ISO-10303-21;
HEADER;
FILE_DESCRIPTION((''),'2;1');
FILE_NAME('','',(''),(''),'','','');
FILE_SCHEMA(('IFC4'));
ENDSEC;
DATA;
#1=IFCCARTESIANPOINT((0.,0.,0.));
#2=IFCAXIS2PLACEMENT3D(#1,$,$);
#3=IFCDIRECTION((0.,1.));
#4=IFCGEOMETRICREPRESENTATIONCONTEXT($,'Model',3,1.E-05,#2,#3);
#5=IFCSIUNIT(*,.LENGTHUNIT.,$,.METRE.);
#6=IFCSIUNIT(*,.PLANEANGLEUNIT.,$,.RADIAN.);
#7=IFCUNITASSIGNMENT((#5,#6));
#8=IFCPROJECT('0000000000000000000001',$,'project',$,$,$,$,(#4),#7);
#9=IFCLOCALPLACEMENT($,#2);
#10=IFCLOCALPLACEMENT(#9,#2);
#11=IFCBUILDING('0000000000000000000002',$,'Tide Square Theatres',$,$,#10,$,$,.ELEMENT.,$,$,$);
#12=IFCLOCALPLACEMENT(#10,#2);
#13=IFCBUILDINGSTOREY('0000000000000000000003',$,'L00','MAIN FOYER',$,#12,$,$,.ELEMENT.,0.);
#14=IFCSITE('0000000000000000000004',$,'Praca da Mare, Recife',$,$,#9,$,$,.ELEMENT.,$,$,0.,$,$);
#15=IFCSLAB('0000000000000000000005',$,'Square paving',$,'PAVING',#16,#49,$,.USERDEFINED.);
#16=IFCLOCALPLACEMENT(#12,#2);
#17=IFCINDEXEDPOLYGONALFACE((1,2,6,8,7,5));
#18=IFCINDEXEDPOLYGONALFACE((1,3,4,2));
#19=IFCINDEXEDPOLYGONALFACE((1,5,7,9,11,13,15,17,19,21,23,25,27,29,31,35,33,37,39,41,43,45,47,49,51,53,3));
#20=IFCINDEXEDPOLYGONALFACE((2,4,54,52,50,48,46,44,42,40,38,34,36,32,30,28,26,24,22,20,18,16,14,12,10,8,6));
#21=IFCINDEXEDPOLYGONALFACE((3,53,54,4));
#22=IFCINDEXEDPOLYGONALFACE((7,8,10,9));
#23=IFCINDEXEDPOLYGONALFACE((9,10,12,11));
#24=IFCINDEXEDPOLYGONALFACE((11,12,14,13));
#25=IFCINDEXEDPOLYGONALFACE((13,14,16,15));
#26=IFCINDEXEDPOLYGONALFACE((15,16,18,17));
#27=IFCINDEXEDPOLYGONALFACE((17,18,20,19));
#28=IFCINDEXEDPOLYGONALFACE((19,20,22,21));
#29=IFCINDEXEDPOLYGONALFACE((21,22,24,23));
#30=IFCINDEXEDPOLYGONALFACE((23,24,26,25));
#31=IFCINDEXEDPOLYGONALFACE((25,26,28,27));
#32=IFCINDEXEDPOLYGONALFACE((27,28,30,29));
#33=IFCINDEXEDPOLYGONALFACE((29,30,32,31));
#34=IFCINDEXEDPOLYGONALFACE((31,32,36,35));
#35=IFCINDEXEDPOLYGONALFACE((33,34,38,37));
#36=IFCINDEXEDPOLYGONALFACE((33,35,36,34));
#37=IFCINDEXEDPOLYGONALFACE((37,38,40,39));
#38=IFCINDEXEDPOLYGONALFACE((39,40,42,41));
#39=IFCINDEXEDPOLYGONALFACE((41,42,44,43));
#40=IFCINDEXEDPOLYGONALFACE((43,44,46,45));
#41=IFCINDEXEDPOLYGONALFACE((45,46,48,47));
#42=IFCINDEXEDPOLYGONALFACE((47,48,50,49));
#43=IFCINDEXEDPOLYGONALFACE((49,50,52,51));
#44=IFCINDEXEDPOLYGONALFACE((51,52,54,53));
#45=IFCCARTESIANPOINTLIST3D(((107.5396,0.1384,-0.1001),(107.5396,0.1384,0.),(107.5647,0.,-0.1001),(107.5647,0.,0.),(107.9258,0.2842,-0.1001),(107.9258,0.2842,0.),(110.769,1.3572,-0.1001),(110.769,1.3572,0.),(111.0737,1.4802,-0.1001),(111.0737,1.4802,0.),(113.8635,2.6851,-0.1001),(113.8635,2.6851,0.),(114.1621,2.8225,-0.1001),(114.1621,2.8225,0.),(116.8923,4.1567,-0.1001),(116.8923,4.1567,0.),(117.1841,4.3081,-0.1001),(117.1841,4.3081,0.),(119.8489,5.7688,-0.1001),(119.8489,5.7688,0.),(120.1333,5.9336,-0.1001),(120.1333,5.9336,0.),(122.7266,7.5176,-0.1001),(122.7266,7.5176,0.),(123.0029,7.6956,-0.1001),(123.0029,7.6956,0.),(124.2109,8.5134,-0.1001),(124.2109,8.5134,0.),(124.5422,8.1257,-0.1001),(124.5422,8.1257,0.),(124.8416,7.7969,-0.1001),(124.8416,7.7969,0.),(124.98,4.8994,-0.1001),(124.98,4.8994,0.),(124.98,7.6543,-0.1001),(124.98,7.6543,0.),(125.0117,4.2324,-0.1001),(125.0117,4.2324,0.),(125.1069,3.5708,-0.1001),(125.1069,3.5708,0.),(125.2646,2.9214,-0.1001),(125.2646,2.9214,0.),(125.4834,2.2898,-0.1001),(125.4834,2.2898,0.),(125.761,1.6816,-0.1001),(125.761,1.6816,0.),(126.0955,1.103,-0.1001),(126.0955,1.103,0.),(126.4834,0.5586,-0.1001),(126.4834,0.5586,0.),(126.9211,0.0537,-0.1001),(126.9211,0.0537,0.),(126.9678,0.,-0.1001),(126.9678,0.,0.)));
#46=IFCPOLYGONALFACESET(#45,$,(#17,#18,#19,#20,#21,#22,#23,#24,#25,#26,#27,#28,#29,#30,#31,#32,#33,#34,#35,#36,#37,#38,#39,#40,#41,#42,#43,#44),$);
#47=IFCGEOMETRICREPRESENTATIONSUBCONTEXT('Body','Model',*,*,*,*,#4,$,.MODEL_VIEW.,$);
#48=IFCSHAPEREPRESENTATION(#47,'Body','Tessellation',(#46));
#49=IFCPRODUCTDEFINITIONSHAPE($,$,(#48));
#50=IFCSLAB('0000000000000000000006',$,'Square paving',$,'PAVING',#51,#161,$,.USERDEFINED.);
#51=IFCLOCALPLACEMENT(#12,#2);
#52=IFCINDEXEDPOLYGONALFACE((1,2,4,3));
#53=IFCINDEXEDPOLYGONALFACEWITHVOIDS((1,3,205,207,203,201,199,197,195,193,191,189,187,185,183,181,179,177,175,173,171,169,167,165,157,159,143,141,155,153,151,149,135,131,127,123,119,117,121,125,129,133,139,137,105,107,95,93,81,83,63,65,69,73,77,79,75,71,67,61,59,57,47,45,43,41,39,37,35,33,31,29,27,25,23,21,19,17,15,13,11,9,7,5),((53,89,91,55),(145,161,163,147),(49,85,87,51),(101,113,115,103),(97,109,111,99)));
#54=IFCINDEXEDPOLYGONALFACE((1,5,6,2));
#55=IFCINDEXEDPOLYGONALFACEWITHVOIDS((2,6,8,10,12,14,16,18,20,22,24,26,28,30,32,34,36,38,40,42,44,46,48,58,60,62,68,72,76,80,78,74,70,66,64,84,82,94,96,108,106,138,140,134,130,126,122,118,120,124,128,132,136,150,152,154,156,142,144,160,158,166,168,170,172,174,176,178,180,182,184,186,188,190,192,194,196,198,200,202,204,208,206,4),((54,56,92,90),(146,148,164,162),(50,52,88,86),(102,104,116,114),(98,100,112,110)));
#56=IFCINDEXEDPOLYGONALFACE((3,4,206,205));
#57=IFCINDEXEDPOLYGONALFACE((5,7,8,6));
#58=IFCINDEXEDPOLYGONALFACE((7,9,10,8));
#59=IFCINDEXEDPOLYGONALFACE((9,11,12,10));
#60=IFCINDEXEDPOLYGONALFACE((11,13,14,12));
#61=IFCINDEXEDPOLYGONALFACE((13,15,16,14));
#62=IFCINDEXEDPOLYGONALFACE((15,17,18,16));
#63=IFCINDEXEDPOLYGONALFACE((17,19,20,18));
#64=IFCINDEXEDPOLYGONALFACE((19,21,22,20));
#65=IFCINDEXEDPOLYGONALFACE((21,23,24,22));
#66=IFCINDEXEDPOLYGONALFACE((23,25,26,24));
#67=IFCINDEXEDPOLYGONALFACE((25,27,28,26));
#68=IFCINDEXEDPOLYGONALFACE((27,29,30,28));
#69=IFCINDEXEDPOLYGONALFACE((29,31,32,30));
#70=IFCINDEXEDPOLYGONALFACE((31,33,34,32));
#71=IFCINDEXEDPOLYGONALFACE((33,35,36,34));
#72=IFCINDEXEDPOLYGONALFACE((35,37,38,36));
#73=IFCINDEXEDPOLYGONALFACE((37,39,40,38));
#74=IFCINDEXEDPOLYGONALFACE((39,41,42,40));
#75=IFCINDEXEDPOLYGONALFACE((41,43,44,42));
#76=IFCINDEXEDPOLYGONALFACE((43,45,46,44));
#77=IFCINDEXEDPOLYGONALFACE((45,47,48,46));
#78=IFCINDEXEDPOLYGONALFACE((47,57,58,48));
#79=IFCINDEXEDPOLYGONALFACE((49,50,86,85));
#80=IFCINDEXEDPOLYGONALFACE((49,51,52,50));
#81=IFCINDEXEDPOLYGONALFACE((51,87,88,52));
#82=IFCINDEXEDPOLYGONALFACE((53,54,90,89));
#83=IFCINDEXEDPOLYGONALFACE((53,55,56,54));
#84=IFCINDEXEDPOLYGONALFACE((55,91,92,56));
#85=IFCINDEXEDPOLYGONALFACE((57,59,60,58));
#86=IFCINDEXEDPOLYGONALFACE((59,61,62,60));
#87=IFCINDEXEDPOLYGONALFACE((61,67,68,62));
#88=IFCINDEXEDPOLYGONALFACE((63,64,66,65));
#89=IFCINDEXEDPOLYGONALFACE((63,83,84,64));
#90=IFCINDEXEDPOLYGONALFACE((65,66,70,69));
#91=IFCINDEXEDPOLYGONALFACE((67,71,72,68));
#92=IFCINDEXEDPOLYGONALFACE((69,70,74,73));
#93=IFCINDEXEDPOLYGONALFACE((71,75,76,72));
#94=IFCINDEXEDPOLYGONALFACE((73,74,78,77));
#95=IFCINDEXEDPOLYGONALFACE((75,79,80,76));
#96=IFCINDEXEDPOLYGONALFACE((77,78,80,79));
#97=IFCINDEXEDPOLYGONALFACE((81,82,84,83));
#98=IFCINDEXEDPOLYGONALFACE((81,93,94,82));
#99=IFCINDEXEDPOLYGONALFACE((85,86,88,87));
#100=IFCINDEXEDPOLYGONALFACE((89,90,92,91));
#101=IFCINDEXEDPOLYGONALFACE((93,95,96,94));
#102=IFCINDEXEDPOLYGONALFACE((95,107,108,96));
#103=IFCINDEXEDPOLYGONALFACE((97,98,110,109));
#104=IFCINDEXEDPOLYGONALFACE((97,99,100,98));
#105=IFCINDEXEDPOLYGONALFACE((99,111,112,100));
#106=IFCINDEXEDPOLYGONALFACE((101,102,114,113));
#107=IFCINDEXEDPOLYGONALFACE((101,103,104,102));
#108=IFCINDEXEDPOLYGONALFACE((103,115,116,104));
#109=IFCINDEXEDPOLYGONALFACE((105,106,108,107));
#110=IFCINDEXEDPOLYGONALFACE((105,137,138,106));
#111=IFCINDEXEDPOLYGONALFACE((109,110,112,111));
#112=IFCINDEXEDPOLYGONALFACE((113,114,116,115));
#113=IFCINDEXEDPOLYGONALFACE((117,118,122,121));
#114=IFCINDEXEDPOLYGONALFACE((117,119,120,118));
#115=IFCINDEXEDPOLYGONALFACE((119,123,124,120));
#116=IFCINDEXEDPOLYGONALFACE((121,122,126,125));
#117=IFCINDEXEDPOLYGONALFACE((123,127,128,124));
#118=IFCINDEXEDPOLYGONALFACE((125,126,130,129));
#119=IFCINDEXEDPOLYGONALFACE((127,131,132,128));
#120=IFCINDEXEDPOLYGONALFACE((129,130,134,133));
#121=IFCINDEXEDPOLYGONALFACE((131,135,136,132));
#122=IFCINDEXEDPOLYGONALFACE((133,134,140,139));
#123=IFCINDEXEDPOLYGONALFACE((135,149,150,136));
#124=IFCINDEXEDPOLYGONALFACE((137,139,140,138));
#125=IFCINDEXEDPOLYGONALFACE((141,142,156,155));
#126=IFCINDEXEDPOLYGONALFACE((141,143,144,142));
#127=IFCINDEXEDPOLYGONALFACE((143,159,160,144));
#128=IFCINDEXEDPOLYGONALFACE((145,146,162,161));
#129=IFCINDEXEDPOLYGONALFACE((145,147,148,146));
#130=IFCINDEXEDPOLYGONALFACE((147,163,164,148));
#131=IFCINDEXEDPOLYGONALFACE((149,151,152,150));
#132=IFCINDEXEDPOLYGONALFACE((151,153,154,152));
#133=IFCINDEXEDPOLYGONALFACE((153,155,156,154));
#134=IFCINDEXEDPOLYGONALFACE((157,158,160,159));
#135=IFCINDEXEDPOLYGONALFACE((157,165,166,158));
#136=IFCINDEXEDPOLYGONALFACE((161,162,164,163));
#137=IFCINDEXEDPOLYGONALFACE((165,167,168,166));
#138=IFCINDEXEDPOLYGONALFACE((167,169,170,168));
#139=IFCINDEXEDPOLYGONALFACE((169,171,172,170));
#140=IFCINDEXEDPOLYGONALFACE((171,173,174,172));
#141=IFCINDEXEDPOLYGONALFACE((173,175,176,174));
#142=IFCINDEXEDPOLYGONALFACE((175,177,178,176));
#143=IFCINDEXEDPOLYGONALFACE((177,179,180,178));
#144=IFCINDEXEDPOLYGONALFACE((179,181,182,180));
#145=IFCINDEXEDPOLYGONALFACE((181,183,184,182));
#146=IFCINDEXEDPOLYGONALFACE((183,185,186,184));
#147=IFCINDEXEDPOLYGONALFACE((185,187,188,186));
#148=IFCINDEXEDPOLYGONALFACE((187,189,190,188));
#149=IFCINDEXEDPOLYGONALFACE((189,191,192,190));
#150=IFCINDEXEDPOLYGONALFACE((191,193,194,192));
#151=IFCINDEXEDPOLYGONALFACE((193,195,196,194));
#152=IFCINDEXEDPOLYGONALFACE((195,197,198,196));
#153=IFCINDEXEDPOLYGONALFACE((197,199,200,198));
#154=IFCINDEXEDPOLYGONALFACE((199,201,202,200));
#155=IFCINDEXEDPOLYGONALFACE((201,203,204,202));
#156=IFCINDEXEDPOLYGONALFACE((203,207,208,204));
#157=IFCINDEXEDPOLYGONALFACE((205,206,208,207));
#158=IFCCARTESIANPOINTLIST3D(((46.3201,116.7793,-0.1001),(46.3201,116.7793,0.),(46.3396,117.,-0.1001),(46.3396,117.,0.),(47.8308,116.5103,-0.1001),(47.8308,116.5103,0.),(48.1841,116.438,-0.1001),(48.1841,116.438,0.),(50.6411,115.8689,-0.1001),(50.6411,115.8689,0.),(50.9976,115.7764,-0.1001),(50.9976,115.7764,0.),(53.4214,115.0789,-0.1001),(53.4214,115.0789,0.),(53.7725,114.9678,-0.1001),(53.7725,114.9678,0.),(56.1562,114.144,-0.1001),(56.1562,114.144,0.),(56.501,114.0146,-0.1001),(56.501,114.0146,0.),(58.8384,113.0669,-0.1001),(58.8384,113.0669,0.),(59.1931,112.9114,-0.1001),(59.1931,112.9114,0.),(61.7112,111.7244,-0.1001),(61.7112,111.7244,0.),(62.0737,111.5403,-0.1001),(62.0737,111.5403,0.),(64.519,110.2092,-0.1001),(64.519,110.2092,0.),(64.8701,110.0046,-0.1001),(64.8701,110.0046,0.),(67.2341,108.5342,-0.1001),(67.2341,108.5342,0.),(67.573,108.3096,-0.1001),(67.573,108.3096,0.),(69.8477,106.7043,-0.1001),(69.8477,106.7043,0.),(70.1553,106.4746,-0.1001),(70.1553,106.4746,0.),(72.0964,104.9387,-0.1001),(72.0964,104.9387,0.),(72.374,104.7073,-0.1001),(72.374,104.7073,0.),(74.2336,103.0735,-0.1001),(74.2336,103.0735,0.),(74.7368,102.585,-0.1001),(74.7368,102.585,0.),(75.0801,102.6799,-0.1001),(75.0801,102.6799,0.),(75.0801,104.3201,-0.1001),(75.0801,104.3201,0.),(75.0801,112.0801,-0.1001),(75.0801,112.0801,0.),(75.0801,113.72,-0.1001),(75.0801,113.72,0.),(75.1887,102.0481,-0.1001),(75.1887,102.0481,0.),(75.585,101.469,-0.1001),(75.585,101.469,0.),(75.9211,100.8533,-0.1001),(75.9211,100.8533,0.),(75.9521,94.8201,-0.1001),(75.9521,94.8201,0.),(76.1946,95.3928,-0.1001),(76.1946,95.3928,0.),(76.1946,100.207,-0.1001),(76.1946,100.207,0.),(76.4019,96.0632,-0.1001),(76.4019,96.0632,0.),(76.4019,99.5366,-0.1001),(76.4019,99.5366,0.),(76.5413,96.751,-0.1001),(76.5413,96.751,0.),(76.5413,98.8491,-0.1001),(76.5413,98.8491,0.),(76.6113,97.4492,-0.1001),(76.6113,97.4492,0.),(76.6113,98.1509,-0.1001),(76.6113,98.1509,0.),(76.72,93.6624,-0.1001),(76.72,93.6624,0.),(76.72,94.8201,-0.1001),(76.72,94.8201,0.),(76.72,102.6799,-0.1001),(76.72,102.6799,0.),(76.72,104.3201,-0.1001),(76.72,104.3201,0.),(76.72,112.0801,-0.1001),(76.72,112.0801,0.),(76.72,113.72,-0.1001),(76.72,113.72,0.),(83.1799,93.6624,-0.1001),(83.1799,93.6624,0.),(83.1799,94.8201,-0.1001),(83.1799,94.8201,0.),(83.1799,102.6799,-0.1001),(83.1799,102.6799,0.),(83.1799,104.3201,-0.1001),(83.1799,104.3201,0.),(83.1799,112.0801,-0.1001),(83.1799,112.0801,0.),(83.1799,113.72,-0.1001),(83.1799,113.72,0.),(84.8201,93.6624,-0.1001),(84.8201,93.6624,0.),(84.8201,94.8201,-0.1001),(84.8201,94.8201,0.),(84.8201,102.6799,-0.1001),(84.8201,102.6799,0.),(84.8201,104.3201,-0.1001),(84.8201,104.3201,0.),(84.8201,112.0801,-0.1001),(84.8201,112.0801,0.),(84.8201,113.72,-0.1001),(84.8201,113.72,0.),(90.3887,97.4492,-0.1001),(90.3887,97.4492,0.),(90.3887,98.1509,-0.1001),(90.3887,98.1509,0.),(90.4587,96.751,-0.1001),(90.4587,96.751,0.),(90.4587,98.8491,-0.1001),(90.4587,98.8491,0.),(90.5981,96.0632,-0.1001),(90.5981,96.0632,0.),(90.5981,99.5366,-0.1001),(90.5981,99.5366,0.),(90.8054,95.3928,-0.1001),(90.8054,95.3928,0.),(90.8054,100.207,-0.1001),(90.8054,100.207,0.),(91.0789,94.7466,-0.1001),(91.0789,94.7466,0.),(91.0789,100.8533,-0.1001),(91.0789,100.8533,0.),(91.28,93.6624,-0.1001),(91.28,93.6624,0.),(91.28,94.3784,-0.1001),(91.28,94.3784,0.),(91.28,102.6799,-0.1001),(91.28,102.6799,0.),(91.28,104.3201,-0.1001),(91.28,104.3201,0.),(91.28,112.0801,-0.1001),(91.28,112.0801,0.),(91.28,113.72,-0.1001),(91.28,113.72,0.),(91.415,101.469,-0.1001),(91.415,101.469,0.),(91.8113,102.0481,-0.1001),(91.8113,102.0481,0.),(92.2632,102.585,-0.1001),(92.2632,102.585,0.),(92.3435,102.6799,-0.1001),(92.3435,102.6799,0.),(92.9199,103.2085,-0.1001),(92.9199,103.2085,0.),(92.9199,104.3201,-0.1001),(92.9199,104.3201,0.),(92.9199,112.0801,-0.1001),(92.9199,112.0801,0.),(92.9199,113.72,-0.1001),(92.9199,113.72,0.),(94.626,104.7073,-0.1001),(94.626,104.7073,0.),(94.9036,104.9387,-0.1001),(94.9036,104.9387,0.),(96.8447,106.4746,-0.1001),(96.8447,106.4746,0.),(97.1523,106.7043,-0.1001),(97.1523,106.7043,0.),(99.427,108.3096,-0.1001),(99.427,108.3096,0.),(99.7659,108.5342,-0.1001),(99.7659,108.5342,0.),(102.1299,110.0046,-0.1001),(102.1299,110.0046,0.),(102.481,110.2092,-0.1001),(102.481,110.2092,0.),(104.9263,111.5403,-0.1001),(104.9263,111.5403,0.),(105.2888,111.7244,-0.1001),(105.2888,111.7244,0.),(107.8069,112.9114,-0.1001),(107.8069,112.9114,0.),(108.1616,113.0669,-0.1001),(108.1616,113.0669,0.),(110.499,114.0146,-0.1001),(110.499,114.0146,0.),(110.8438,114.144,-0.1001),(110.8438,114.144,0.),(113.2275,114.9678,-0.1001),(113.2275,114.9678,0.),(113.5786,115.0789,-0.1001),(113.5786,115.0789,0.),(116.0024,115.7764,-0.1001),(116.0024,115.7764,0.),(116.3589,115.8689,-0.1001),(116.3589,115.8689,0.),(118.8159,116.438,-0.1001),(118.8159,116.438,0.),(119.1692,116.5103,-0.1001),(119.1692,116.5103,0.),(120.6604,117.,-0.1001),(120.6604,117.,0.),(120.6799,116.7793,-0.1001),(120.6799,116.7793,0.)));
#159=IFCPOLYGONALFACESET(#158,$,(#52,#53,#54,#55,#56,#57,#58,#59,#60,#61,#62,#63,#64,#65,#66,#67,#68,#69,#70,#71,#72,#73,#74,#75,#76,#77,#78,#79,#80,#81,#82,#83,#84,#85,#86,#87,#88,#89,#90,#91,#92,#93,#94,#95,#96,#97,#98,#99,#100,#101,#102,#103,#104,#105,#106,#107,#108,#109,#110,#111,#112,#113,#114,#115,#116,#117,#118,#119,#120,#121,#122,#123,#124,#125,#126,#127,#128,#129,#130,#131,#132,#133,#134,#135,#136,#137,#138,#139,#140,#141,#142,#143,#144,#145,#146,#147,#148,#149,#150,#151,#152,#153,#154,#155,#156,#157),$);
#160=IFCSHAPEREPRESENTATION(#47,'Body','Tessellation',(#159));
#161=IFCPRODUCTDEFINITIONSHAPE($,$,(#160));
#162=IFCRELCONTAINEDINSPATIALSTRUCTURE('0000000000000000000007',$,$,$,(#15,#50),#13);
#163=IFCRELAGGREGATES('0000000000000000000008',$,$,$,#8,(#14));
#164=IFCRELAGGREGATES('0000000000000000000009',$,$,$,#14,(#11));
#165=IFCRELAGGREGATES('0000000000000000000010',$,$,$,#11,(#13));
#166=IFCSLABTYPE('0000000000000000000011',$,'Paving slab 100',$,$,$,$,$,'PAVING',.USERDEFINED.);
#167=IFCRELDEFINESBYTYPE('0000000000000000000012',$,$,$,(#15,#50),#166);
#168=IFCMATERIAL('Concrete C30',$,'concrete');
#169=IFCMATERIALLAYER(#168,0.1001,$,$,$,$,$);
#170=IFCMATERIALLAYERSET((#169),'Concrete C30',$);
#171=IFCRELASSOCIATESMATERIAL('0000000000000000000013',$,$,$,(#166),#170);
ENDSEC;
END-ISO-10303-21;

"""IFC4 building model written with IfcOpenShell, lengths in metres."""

from ifc_helpers import new_model, si_unit, direction, frame, origin, place, context, subcontext, project, spatial, polyline, outline, extrude, material, layer, layer_set, type_object, element, save


model = new_model("IFC4")

# Units and contexts
model_context = context("Model", 3, precision=1e-05, world=origin(), true_north=direction((0.0, 1.0)))
body_context = subcontext(model_context, "Body", "Model", "MODEL_VIEW")
ifc_project = project(units=[si_unit("LENGTHUNIT", "METRE"), si_unit("PLANEANGLEUNIT", "RADIAN")], contexts=[model_context])

# Site, building, storey
site_placement = place(None, origin())
site = spatial("IfcSite", under=ifc_project, at=site_placement, Name="Praca da Mare, Recife", CompositionType="ELEMENT", RefElevation=0.0)
building_placement = place(site_placement, origin())
building = spatial("IfcBuilding", under=site, at=building_placement, Name="Tide Square Theatres", CompositionType="ELEMENT")
storey_placement = place(building_placement, origin())
storey = spatial("IfcBuildingStorey", under=building, at=storey_placement, Name="L00", Description="MAIN FOYER", CompositionType="ELEMENT", Elevation=0.0)

# Slabs
ifc_material_1 = material(Name="Concrete C30", Category="concrete")
ifc_layer_1 = layer(ifc_material_1, 0.1001)
ifc_layer_set_1 = layer_set([ifc_layer_1], Name="Concrete C30")
slab_type_1 = type_object("IfcSlabType", Name="Paving slab 100", ElementType="PAVING", PredefinedType="USERDEFINED", material=ifc_layer_set_1)
slab_1_placement = place(storey_placement, frame((0.0, 0.0, -0.1001)))
element("IfcSlab", 1, at=slab_1_placement, inside=storey, type_object=slab_type_1, Name="Square paving", ObjectType="PAVING", PredefinedType="USERDEFINED", context=body_context, shape_type="SweptSolid", body=[
    extrude(outline(polyline([(107.5647, 0.0), (126.9678, 0.0), (126.9211, 0.0537), (126.4834, 0.5586), (126.0955, 1.103), (125.761, 1.6816), (125.4834, 2.2898), (125.2646, 2.9214), (125.1069, 3.5708), (125.0117, 4.2324), (124.98, 4.8994), (124.98, 7.6543), (124.8416, 7.7969), (124.5422, 8.1257), (124.2109, 8.5134), (123.0029, 7.6956), (122.7266, 7.5176), (120.1333, 5.9336), (119.8489, 5.7688), (117.1841, 4.3081), (116.8923, 4.1567), (114.1621, 2.8225), (113.8635, 2.6851), (111.0737, 1.4802), (110.769, 1.3572), (107.9258, 0.2842), (107.5396, 0.1384), (107.5647, 0.0)])), origin(), (0.0, 0.0, 1.0), 0.1001),
])
slab_2_placement = place(storey_placement, frame((0.0, 0.0, -0.1001)))
element("IfcSlab", 2, at=slab_2_placement, inside=storey, type_object=slab_type_1, Name="Square paving", ObjectType="PAVING", PredefinedType="USERDEFINED", context=body_context, shape_type="SweptSolid", body=[
    extrude(outline(polyline([(46.3201, 116.7793), (47.8308, 116.5103), (48.1841, 116.438), (50.6411, 115.8689), (50.9976, 115.7764), (53.4214, 115.0789), (53.7725, 114.9678), (56.1562, 114.144), (56.501, 114.0146), (58.8384, 113.0669), (59.1931, 112.9114), (61.7112, 111.7244), (62.0737, 111.5403), (64.519, 110.2092), (64.8701, 110.0046), (67.2341, 108.5342), (67.573, 108.3096), (69.8477, 106.7043), (70.1553, 106.4746), (72.0964, 104.9387), (72.374, 104.7073), (74.2336, 103.0735), (74.7368, 102.585), (75.1887, 102.0481), (75.585, 101.469), (75.9211, 100.8533), (76.1946, 100.207), (76.4019, 99.5366), (76.5413, 98.8491), (76.6113, 98.1509), (76.6113, 97.4492), (76.5413, 96.751), (76.4019, 96.0632), (76.1946, 95.3928), (75.9521, 94.8201), (76.72, 94.8201), (76.72, 93.6624), (83.1799, 93.6624), (83.1799, 94.8201), (84.8201, 94.8201), (84.8201, 93.6624), (91.28, 93.6624), (91.28, 94.3784), (91.0789, 94.7466), (90.8054, 95.3928), (90.5981, 96.0632), (90.4587, 96.751), (90.3887, 97.4492), (90.3887, 98.1509), (90.4587, 98.8491), (90.5981, 99.5366), (90.8054, 100.207), (91.0789, 100.8533), (91.415, 101.469), (91.8113, 102.0481), (92.2632, 102.585), (92.3435, 102.6799), (91.28, 102.6799), (91.28, 104.3201), (92.9199, 104.3201), (92.9199, 103.2085), (94.626, 104.7073), (94.9036, 104.9387), (96.8447, 106.4746), (97.1523, 106.7043), (99.427, 108.3096), (99.7659, 108.5342), (102.1299, 110.0046), (102.481, 110.2092), (104.9263, 111.5403), (105.2888, 111.7244), (107.8069, 112.9114), (108.1616, 113.0669), (110.499, 114.0146), (110.8438, 114.144), (113.2275, 114.9678), (113.5786, 115.0789), (116.0024, 115.7764), (116.3589, 115.8689), (118.8159, 116.438), (119.1692, 116.5103), (120.6799, 116.7793), (120.6604, 117.0), (46.3396, 117.0), (46.3201, 116.7793)]), holes=[polyline([(76.72, 102.6799), (76.72, 104.3201), (75.0801, 104.3201), (75.0801, 102.6799), (76.72, 102.6799)]), polyline([(92.9199, 113.72), (91.28, 113.72), (91.28, 112.0801), (92.9199, 112.0801), (92.9199, 113.72)]), polyline([(84.8201, 104.3201), (83.1799, 104.3201), (83.1799, 102.6799), (84.8201, 102.6799), (84.8201, 104.3201)]), polyline([(83.1799, 113.72), (83.1799, 112.0801), (84.8201, 112.0801), (84.8201, 113.72), (83.1799, 113.72)]), polyline([(76.72, 113.72), (75.0801, 113.72), (75.0801, 112.0801), (76.72, 112.0801), (76.72, 113.72)])]), origin(), (0.0, 0.0, 1.0), 0.1001),
])

save(model, "model.ifc")
